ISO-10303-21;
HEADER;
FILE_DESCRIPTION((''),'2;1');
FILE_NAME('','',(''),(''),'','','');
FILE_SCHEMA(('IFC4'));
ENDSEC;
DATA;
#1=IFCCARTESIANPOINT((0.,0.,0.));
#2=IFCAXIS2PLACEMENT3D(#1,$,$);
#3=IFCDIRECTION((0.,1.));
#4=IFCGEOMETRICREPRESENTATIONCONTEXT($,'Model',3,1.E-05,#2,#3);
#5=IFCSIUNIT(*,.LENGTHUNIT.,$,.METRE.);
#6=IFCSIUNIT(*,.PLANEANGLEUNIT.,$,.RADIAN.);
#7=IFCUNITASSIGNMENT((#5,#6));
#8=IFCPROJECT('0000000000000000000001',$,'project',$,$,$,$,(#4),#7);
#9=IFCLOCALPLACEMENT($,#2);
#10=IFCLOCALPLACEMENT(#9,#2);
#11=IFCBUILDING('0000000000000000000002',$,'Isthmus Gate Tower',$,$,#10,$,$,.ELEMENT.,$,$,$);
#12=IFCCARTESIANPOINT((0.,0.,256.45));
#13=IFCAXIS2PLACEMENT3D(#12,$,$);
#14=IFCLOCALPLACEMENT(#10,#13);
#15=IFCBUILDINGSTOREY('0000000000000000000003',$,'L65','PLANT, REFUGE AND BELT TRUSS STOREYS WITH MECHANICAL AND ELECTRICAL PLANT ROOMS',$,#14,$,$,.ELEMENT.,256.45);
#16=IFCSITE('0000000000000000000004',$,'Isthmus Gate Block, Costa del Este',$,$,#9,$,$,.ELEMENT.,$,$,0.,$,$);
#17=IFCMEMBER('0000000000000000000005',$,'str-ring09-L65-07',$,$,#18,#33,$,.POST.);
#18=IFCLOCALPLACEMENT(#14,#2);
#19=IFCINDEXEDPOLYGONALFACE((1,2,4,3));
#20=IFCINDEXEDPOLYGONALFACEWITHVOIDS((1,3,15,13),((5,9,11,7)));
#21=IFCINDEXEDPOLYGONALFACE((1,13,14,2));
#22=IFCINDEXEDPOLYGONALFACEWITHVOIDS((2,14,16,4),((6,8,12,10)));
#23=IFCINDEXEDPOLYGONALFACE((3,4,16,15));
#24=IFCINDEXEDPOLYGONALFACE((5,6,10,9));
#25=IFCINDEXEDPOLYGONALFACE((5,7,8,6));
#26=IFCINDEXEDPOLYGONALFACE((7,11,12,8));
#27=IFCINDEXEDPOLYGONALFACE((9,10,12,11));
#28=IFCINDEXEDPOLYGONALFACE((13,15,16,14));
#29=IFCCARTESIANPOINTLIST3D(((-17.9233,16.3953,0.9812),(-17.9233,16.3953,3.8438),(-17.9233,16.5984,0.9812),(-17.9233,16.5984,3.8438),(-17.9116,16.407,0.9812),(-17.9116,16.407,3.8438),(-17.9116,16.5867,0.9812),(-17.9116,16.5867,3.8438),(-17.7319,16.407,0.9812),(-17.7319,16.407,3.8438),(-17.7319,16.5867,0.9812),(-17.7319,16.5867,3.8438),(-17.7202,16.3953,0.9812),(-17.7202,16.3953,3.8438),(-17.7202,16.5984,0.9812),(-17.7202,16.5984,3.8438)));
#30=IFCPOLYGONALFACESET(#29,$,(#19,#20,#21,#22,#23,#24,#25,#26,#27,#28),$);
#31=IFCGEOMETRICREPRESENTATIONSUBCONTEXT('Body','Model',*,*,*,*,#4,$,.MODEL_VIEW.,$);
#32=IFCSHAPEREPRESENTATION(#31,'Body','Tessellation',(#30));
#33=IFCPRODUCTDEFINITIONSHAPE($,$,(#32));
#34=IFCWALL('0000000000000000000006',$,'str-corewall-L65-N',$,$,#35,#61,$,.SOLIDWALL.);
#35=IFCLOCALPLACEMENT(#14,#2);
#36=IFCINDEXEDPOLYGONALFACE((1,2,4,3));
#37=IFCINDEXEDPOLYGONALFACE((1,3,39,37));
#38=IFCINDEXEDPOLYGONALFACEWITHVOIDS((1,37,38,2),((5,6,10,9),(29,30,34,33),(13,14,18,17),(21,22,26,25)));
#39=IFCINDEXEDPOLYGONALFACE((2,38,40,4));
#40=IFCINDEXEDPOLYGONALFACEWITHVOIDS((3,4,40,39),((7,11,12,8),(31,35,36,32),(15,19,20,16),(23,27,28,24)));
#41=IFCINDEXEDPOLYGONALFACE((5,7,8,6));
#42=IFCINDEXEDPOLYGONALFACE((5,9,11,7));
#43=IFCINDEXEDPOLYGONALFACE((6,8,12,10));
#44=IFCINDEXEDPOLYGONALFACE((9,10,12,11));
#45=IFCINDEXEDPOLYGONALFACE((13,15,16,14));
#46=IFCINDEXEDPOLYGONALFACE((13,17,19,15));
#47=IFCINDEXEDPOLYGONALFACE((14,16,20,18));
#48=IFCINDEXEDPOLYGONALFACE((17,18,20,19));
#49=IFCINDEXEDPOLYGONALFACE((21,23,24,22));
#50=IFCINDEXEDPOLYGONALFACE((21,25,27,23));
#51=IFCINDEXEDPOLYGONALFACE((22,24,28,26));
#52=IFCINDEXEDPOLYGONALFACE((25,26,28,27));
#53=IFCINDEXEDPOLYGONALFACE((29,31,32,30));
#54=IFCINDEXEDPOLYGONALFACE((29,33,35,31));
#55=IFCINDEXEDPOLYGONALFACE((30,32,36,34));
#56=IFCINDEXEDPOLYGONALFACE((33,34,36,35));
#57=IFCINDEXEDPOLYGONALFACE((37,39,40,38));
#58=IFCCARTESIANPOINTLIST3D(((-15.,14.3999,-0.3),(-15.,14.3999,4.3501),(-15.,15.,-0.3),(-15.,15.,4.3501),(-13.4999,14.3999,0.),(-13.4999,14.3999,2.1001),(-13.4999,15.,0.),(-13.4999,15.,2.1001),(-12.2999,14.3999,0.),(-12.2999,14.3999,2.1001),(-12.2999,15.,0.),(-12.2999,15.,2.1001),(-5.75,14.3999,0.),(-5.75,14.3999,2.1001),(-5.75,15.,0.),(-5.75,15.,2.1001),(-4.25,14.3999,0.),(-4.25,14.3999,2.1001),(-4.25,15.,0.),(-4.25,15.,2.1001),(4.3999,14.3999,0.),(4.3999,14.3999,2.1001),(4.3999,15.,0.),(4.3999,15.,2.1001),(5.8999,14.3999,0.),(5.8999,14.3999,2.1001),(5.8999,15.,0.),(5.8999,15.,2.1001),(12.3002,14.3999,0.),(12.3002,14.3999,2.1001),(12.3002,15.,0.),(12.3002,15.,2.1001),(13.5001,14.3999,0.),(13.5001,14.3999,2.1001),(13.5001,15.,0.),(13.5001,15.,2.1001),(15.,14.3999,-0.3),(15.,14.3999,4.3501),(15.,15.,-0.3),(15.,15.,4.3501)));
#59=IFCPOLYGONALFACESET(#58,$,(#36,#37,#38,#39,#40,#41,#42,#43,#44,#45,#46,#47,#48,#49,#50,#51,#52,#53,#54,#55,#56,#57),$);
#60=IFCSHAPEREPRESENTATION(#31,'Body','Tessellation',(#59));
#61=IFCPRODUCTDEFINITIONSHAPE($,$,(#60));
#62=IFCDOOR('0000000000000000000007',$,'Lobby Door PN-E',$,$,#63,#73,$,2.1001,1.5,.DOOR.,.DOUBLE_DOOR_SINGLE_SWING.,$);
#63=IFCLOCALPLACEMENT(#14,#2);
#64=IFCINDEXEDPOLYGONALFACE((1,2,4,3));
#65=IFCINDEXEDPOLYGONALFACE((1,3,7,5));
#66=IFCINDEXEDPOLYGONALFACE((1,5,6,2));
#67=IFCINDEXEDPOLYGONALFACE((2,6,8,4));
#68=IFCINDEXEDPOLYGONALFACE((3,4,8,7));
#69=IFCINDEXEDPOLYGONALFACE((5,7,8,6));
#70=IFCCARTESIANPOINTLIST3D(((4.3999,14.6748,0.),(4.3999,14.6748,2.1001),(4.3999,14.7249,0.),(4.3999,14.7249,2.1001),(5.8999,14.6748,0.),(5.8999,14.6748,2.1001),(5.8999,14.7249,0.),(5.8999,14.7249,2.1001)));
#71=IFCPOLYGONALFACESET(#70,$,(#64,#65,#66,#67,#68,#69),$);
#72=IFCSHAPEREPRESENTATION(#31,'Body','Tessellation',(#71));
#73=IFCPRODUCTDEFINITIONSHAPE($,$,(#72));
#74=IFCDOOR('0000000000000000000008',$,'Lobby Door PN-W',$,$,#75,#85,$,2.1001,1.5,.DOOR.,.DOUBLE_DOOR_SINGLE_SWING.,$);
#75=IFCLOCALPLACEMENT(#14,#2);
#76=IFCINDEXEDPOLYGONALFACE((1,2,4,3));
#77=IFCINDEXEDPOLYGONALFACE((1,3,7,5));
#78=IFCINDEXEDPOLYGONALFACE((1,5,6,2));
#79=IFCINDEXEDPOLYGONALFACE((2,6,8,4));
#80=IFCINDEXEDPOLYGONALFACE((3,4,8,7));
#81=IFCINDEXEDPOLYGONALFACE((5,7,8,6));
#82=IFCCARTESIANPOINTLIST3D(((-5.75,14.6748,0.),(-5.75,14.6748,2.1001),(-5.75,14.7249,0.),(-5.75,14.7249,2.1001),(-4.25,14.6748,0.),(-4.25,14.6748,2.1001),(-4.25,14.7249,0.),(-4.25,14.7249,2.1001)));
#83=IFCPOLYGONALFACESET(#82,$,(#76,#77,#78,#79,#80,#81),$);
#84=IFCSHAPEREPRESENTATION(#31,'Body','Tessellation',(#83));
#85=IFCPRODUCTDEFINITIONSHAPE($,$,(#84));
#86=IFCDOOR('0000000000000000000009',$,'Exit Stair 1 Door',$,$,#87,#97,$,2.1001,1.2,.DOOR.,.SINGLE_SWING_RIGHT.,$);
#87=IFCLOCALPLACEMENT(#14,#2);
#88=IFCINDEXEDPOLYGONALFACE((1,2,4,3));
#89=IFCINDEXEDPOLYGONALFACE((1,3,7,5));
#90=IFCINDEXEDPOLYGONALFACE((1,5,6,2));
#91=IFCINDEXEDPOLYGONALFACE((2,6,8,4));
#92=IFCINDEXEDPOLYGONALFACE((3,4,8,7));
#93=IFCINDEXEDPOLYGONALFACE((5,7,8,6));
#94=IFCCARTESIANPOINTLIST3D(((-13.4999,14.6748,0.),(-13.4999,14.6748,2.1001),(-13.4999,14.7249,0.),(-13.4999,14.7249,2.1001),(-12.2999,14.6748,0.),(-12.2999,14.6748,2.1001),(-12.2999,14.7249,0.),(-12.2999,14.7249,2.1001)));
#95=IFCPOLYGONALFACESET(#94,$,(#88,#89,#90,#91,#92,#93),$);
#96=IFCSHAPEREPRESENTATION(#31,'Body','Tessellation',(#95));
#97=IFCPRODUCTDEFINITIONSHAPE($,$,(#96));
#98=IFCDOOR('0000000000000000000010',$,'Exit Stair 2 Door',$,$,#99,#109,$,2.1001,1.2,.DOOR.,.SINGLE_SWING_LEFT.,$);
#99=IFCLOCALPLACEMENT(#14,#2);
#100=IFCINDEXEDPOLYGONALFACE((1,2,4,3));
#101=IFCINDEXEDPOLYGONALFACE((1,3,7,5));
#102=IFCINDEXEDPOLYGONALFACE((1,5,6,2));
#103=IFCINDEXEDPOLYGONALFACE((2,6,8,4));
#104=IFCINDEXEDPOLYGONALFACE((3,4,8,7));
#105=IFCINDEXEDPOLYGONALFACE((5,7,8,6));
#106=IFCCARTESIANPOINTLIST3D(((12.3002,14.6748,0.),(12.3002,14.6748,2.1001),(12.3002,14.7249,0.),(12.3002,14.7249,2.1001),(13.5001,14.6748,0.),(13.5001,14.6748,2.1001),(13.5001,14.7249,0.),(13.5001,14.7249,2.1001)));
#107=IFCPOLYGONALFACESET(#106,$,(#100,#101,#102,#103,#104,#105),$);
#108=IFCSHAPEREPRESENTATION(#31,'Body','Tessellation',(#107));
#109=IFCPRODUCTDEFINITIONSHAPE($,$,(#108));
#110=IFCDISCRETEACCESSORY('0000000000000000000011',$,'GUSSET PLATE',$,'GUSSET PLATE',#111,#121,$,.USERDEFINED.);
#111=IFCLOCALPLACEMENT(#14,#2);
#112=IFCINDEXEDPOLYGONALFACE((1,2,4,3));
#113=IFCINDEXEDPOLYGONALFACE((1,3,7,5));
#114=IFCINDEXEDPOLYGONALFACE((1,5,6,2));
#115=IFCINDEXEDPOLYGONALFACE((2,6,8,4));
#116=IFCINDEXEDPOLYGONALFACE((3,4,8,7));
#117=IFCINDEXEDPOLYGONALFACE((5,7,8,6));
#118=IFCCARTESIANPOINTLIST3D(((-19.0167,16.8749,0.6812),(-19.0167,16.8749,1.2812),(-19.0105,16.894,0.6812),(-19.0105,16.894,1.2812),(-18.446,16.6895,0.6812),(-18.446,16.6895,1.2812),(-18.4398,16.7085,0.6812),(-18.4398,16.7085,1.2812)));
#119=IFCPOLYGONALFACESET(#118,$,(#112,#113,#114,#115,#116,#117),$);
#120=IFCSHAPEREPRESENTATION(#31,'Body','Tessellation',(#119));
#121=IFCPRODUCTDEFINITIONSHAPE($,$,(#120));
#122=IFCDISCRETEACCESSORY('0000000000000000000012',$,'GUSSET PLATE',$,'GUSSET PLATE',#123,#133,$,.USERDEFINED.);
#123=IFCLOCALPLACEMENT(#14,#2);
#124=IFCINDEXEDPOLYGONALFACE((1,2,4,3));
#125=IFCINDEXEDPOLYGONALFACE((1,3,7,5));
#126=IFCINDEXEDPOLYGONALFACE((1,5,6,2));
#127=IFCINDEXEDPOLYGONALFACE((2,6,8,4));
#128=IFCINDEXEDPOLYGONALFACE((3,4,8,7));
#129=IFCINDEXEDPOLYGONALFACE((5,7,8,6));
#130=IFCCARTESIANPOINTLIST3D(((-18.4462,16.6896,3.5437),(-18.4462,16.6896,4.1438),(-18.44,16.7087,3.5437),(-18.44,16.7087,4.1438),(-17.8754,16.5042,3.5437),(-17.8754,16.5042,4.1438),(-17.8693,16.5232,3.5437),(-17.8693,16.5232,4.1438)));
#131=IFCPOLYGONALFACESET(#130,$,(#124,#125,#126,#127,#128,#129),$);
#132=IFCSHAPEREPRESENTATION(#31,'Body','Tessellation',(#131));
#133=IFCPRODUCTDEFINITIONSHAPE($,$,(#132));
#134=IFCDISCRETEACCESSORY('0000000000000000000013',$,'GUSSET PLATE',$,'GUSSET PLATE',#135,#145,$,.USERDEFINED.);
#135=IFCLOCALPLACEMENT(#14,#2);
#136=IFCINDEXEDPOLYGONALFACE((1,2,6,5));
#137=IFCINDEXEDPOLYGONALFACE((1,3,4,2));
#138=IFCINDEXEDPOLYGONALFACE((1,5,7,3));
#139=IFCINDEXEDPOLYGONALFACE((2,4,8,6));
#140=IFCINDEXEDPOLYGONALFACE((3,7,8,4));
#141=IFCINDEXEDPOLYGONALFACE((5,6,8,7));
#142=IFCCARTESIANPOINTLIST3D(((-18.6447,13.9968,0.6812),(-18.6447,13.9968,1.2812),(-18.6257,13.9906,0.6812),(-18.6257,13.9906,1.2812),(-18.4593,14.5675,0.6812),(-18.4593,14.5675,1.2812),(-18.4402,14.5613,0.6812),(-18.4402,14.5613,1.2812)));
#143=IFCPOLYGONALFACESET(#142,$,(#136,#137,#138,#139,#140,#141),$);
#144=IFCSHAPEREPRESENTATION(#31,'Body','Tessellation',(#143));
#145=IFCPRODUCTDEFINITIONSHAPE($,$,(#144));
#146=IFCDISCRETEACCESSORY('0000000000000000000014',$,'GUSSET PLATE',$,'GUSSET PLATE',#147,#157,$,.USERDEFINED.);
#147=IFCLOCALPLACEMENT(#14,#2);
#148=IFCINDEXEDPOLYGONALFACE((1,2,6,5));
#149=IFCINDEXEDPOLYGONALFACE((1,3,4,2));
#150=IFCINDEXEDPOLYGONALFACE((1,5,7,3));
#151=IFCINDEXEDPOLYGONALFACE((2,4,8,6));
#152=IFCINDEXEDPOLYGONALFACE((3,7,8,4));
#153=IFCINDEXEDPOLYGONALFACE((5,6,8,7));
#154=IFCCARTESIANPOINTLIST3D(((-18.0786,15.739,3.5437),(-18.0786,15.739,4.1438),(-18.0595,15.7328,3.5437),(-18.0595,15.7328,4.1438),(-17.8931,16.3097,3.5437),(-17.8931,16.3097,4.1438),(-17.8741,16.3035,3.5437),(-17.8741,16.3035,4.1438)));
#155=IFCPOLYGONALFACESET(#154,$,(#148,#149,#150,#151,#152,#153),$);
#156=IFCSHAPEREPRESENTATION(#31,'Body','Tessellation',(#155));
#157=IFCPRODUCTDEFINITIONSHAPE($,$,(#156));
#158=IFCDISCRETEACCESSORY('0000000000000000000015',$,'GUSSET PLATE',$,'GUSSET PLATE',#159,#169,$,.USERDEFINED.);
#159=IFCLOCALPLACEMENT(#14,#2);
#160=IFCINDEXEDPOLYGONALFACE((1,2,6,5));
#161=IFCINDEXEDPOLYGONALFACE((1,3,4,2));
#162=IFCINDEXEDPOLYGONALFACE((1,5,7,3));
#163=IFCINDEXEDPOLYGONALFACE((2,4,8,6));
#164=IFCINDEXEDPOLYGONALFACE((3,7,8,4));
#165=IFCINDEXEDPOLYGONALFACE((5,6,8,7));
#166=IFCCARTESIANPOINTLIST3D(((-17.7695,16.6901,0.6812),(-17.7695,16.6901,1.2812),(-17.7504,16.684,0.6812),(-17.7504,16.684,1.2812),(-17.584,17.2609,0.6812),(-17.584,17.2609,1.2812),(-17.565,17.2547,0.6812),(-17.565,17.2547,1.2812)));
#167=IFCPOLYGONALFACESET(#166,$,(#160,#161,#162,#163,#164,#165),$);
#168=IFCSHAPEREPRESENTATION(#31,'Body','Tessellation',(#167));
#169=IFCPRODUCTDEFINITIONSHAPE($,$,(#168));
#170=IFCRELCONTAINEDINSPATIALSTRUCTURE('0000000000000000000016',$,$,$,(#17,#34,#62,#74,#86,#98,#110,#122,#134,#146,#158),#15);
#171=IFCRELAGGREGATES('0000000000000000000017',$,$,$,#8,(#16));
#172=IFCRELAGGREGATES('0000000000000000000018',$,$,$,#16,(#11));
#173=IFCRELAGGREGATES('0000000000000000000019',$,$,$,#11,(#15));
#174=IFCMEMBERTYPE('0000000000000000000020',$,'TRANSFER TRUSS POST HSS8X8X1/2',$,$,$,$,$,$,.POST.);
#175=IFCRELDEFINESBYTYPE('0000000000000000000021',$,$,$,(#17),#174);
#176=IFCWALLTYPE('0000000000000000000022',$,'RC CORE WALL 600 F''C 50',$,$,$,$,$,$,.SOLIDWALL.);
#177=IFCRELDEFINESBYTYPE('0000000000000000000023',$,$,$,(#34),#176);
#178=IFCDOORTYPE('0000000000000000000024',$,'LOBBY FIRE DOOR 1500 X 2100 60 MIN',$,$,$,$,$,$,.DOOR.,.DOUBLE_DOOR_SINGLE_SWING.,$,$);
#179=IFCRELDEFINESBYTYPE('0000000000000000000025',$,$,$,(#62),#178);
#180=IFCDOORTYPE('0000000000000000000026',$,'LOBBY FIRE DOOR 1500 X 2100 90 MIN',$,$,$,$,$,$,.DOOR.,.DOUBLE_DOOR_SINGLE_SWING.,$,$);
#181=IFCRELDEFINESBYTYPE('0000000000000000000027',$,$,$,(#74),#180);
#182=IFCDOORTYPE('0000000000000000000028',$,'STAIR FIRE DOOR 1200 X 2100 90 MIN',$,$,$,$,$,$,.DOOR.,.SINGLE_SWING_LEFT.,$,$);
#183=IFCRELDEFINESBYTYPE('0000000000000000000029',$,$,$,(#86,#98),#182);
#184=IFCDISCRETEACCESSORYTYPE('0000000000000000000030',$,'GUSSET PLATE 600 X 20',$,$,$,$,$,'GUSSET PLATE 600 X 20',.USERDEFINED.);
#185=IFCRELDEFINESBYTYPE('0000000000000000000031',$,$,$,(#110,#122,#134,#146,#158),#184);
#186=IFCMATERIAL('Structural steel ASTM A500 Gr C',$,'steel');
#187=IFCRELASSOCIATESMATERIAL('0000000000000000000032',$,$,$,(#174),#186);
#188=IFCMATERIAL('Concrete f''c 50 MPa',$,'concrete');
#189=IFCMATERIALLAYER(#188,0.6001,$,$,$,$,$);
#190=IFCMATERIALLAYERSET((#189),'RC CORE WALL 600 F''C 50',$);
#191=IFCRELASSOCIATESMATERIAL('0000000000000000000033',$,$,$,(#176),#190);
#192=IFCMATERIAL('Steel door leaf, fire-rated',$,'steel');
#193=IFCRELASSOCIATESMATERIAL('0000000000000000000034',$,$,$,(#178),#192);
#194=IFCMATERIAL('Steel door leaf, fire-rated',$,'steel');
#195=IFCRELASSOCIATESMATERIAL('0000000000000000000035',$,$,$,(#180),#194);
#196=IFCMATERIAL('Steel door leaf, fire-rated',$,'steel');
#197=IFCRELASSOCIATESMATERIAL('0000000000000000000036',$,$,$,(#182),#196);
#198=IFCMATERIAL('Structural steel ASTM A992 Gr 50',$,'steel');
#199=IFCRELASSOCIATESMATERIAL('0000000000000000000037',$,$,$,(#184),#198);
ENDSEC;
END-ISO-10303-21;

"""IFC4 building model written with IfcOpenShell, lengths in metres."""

from ifc_helpers import new_model, si_unit, direction, frame, frame_2d, origin, origin_2d, place, context, subcontext, project, spatial, rectangle, hollow_rectangle, extrude, material, layer, layer_set, material_profile, profile_set, type_object, element, fill, save


model = new_model("IFC4")

# Units and contexts
model_context = context("Model", 3, precision=1e-05, world=origin(), true_north=direction((0.0, 1.0)))
body_context = subcontext(model_context, "Body", "Model", "MODEL_VIEW")
ifc_project = project(units=[si_unit("LENGTHUNIT", "METRE"), si_unit("PLANEANGLEUNIT", "RADIAN")], contexts=[model_context])

# Site, building, storey
site_placement = place(None, origin())
site = spatial("IfcSite", under=ifc_project, at=site_placement, Name="Isthmus Gate Block, Costa del Este", CompositionType="ELEMENT", RefElevation=0.0)
building_placement = place(site_placement, origin())
building = spatial("IfcBuilding", under=site, at=building_placement, Name="Isthmus Gate Tower", CompositionType="ELEMENT")
storey_placement = place(building_placement, frame((0.0, 0.0, 256.45)))
storey = spatial("IfcBuildingStorey", under=building, at=storey_placement, Name="L65", Description="PLANT, REFUGE AND BELT TRUSS STOREYS WITH MECHANICAL AND ELECTRICAL PLANT ROOMS", CompositionType="ELEMENT", Elevation=256.45)

# Member
ifc_material_1 = material(Name="Structural steel ASTM A500 Gr C", Category="steel")
ifc_material_profile_1 = material_profile(ifc_material_1, hollow_rectangle(XDim=0.2031, YDim=0.2031, WallThickness=0.0117, at=origin_2d()), Name="HSS8X8X1/2")
ifc_profile_set_1 = profile_set([ifc_material_profile_1], Name="Structural steel ASTM A500 Gr C")
member_type_1 = type_object("IfcMemberType", Name="TRANSFER TRUSS POST HSS8X8X1/2", PredefinedType="POST", material=ifc_profile_set_1)
member_1_placement = place(storey_placement, frame((-17.8218, 16.4968, 0.9812), z_axis=(0.0, 0.0, 1.0), x_axis=(1.0, 0.0, 0.0)))
element("IfcMember", 1, at=member_1_placement, inside=storey, type_object=member_type_1, Name="str-ring09-L65-07", PredefinedType="POST", context=body_context, shape_type="SweptSolid", body=[
    extrude(hollow_rectangle(XDim=0.2031, YDim=0.2031, WallThickness=0.0117, at=origin_2d()), origin(), (0.0, 0.0, 1.0), 2.8625),
])

# Wall, openings, doors
ifc_material_2 = material(Name="Concrete f'c 50 MPa", Category="concrete")
ifc_layer = layer(ifc_material_2, 0.6001)
ifc_layer_set = layer_set([ifc_layer], Name="RC CORE WALL 600 F'C 50")
wall_type = type_object("IfcWallType", Name="RC CORE WALL 600 F'C 50", PredefinedType="SOLIDWALL", material=ifc_layer_set)
wall_placement = place(storey_placement, frame((-15.0, 14.7, -0.3), z_axis=(0.0, 0.0, 1.0), x_axis=(1.0, 0.0, 0.0)))
wall = element("IfcWall", 2, at=wall_placement, inside=storey, type_object=wall_type, Name="str-corewall-L65-N", PredefinedType="SOLIDWALL", context=body_context, shape_type="SweptSolid", body=[
    extrude(rectangle(XDim=30.0, YDim=0.6001, at=frame_2d((15.0, 0.0))), origin(), (0.0, 0.0, 1.0), 4.6501),
])
opening_1_placement = place(wall_placement, frame((9.25, 0.0, 0.3)))
opening_1 = element("IfcOpeningElement", 3, at=opening_1_placement, cuts=wall, PredefinedType="OPENING", context=body_context, shape_type="SweptSolid", body=[
    extrude(rectangle(XDim=1.5, YDim=2.1001, at=frame_2d((0.75, 1.05))), frame((0.0, 0.3101, 0.0), z_axis=(0.0, -1.0, 0.0), x_axis=(1.0, 0.0, 0.0)), (0.0, 0.0, 1.0), 0.6201),
])
opening_2_placement = place(wall_placement, frame((19.3999, 0.0, 0.3)))
opening_2 = element("IfcOpeningElement", 4, at=opening_2_placement, cuts=wall, PredefinedType="OPENING", context=body_context, shape_type="SweptSolid", body=[
    extrude(rectangle(XDim=1.5, YDim=2.1001, at=frame_2d((0.75, 1.05))), frame((0.0, 0.3101, 0.0), z_axis=(0.0, -1.0, 0.0), x_axis=(1.0, 0.0, 0.0)), (0.0, 0.0, 1.0), 0.6201),
])
opening_3_placement = place(wall_placement, frame((1.5, 0.0, 0.3)))
opening_3 = element("IfcOpeningElement", 5, at=opening_3_placement, cuts=wall, PredefinedType="OPENING", context=body_context, shape_type="SweptSolid", body=[
    extrude(rectangle(XDim=1.2, YDim=2.1001, at=frame_2d((0.6001, 1.05))), frame((0.0, 0.3101, 0.0), z_axis=(0.0, -1.0, 0.0), x_axis=(1.0, 0.0, 0.0)), (0.0, 0.0, 1.0), 0.6201),
])
opening_4_placement = place(wall_placement, frame((27.3, 0.0, 0.3)))
opening_4 = element("IfcOpeningElement", 6, at=opening_4_placement, cuts=wall, PredefinedType="OPENING", context=body_context, shape_type="SweptSolid", body=[
    extrude(rectangle(XDim=1.2, YDim=2.1001, at=frame_2d((0.6001, 1.05))), frame((0.0, 0.3101, 0.0), z_axis=(0.0, -1.0, 0.0), x_axis=(1.0, 0.0, 0.0)), (0.0, 0.0, 1.0), 0.6201),
])
ifc_material_3 = material(Name="Steel door leaf, fire-rated", Category="steel")
door_type_1 = type_object("IfcDoorType", Name="LOBBY FIRE DOOR 1500 X 2100 60 MIN", OperationType="DOUBLE_DOOR_SINGLE_SWING", PredefinedType="DOOR", material=ifc_material_3)
door_1_placement = place(opening_2_placement, origin())
door_1 = element("IfcDoor", 7, at=door_1_placement, inside=storey, type_object=door_type_1, Name="Lobby Door PN-E", OperationType="DOUBLE_DOOR_SINGLE_SWING", OverallHeight=2.1001, OverallWidth=1.5, PredefinedType="DOOR", context=body_context, shape_type="SweptSolid", body=[
    extrude(rectangle(XDim=1.5, YDim=2.1001, at=frame_2d((0.75, 1.05))), frame((0.0, 0.0249, 0.0), z_axis=(0.0, -1.0, 0.0), x_axis=(1.0, 0.0, 0.0)), (0.0, 0.0, 1.0), 0.05),
])
fill(opening_2, door_1)
ifc_material_4 = material(Name="Steel door leaf, fire-rated", Category="steel")
door_type_2 = type_object("IfcDoorType", Name="LOBBY FIRE DOOR 1500 X 2100 90 MIN", OperationType="DOUBLE_DOOR_SINGLE_SWING", PredefinedType="DOOR", material=ifc_material_4)
door_2_placement = place(opening_1_placement, origin())
door_2 = element("IfcDoor", 8, at=door_2_placement, inside=storey, type_object=door_type_2, Name="Lobby Door PN-W", OperationType="DOUBLE_DOOR_SINGLE_SWING", OverallHeight=2.1001, OverallWidth=1.5, PredefinedType="DOOR", context=body_context, shape_type="SweptSolid", body=[
    extrude(rectangle(XDim=1.5, YDim=2.1001, at=frame_2d((0.75, 1.05))), frame((0.0, 0.0249, 0.0), z_axis=(0.0, -1.0, 0.0), x_axis=(1.0, 0.0, 0.0)), (0.0, 0.0, 1.0), 0.05),
])
fill(opening_1, door_2)
ifc_material_5 = material(Name="Steel door leaf, fire-rated", Category="steel")
door_type_3 = type_object("IfcDoorType", Name="STAIR FIRE DOOR 1200 X 2100 90 MIN", OperationType="SINGLE_SWING_LEFT", PredefinedType="DOOR", material=ifc_material_5)
door_3_placement = place(opening_3_placement, origin())
door_3 = element("IfcDoor", 9, at=door_3_placement, inside=storey, type_object=door_type_3, Name="Exit Stair 1 Door", OperationType="SINGLE_SWING_RIGHT", OverallHeight=2.1001, OverallWidth=1.2, PredefinedType="DOOR", context=body_context, shape_type="SweptSolid", body=[
    extrude(rectangle(XDim=1.2, YDim=2.1001, at=frame_2d((0.6001, 1.05))), frame((0.0, 0.0249, 0.0), z_axis=(0.0, -1.0, 0.0), x_axis=(1.0, 0.0, 0.0)), (0.0, 0.0, 1.0), 0.05),
])
fill(opening_3, door_3)
door_4_placement = place(opening_4_placement, origin())
door_4 = element("IfcDoor", 10, at=door_4_placement, inside=storey, type_object=door_type_3, Name="Exit Stair 2 Door", OperationType="SINGLE_SWING_LEFT", OverallHeight=2.1001, OverallWidth=1.2, PredefinedType="DOOR", context=body_context, shape_type="SweptSolid", body=[
    extrude(rectangle(XDim=1.2, YDim=2.1001, at=frame_2d((0.6001, 1.05))), frame((0.0, 0.0249, 0.0), z_axis=(0.0, -1.0, 0.0), x_axis=(1.0, 0.0, 0.0)), (0.0, 0.0, 1.0), 0.05),
])
fill(opening_4, door_4)

# Discrete accessories
ifc_material_6 = material(Name="Structural steel ASTM A992 Gr 50", Category="steel")
discrete_accessory_type = type_object("IfcDiscreteAccessoryType", Name="GUSSET PLATE 600 X 20", ElementType="GUSSET PLATE 600 X 20", PredefinedType="USERDEFINED", material=ifc_material_6)
for number, where, z_axis, x_axis, name in (
    (11, (-18.7283, 16.7917, 0.6812), (0.0, 0.0, 1.0), (0.951057, -0.309017, 0.0), "GUSSET PLATE"),
    (12, (-18.1577, 16.6064, 3.5437), (0.0, 0.0, 1.0), (0.951057, -0.309017, 0.0), "GUSSET PLATE"),
    (13, (-18.5425, 14.2791, 0.6812), (0.0, 0.0, 1.0), (0.309017, 0.951057, 0.0), "GUSSET PLATE"),
    (14, (-17.9763, 16.0212, 3.5437), (0.0, 0.0, 1.0), (0.309017, 0.951057, 0.0), "GUSSET PLATE"),
    (15, (-17.6672, 16.9724, 0.6812), (0.0, 0.0, 1.0), (0.309017, 0.951057, 0.0), "GUSSET PLATE"),
):
    element("IfcDiscreteAccessory", number, at=place(storey_placement, frame(where, z_axis=z_axis, x_axis=x_axis)), inside=storey, type_object=discrete_accessory_type, Name=name, ObjectType="GUSSET PLATE", PredefinedType="USERDEFINED", context=body_context, shape_type="SweptSolid", body=[
        extrude(rectangle(XDim=0.6001, YDim=0.02, at=origin_2d()), origin(), (0.0, 0.0, 1.0), 0.6001),
    ])

save(model, "model.ifc")
